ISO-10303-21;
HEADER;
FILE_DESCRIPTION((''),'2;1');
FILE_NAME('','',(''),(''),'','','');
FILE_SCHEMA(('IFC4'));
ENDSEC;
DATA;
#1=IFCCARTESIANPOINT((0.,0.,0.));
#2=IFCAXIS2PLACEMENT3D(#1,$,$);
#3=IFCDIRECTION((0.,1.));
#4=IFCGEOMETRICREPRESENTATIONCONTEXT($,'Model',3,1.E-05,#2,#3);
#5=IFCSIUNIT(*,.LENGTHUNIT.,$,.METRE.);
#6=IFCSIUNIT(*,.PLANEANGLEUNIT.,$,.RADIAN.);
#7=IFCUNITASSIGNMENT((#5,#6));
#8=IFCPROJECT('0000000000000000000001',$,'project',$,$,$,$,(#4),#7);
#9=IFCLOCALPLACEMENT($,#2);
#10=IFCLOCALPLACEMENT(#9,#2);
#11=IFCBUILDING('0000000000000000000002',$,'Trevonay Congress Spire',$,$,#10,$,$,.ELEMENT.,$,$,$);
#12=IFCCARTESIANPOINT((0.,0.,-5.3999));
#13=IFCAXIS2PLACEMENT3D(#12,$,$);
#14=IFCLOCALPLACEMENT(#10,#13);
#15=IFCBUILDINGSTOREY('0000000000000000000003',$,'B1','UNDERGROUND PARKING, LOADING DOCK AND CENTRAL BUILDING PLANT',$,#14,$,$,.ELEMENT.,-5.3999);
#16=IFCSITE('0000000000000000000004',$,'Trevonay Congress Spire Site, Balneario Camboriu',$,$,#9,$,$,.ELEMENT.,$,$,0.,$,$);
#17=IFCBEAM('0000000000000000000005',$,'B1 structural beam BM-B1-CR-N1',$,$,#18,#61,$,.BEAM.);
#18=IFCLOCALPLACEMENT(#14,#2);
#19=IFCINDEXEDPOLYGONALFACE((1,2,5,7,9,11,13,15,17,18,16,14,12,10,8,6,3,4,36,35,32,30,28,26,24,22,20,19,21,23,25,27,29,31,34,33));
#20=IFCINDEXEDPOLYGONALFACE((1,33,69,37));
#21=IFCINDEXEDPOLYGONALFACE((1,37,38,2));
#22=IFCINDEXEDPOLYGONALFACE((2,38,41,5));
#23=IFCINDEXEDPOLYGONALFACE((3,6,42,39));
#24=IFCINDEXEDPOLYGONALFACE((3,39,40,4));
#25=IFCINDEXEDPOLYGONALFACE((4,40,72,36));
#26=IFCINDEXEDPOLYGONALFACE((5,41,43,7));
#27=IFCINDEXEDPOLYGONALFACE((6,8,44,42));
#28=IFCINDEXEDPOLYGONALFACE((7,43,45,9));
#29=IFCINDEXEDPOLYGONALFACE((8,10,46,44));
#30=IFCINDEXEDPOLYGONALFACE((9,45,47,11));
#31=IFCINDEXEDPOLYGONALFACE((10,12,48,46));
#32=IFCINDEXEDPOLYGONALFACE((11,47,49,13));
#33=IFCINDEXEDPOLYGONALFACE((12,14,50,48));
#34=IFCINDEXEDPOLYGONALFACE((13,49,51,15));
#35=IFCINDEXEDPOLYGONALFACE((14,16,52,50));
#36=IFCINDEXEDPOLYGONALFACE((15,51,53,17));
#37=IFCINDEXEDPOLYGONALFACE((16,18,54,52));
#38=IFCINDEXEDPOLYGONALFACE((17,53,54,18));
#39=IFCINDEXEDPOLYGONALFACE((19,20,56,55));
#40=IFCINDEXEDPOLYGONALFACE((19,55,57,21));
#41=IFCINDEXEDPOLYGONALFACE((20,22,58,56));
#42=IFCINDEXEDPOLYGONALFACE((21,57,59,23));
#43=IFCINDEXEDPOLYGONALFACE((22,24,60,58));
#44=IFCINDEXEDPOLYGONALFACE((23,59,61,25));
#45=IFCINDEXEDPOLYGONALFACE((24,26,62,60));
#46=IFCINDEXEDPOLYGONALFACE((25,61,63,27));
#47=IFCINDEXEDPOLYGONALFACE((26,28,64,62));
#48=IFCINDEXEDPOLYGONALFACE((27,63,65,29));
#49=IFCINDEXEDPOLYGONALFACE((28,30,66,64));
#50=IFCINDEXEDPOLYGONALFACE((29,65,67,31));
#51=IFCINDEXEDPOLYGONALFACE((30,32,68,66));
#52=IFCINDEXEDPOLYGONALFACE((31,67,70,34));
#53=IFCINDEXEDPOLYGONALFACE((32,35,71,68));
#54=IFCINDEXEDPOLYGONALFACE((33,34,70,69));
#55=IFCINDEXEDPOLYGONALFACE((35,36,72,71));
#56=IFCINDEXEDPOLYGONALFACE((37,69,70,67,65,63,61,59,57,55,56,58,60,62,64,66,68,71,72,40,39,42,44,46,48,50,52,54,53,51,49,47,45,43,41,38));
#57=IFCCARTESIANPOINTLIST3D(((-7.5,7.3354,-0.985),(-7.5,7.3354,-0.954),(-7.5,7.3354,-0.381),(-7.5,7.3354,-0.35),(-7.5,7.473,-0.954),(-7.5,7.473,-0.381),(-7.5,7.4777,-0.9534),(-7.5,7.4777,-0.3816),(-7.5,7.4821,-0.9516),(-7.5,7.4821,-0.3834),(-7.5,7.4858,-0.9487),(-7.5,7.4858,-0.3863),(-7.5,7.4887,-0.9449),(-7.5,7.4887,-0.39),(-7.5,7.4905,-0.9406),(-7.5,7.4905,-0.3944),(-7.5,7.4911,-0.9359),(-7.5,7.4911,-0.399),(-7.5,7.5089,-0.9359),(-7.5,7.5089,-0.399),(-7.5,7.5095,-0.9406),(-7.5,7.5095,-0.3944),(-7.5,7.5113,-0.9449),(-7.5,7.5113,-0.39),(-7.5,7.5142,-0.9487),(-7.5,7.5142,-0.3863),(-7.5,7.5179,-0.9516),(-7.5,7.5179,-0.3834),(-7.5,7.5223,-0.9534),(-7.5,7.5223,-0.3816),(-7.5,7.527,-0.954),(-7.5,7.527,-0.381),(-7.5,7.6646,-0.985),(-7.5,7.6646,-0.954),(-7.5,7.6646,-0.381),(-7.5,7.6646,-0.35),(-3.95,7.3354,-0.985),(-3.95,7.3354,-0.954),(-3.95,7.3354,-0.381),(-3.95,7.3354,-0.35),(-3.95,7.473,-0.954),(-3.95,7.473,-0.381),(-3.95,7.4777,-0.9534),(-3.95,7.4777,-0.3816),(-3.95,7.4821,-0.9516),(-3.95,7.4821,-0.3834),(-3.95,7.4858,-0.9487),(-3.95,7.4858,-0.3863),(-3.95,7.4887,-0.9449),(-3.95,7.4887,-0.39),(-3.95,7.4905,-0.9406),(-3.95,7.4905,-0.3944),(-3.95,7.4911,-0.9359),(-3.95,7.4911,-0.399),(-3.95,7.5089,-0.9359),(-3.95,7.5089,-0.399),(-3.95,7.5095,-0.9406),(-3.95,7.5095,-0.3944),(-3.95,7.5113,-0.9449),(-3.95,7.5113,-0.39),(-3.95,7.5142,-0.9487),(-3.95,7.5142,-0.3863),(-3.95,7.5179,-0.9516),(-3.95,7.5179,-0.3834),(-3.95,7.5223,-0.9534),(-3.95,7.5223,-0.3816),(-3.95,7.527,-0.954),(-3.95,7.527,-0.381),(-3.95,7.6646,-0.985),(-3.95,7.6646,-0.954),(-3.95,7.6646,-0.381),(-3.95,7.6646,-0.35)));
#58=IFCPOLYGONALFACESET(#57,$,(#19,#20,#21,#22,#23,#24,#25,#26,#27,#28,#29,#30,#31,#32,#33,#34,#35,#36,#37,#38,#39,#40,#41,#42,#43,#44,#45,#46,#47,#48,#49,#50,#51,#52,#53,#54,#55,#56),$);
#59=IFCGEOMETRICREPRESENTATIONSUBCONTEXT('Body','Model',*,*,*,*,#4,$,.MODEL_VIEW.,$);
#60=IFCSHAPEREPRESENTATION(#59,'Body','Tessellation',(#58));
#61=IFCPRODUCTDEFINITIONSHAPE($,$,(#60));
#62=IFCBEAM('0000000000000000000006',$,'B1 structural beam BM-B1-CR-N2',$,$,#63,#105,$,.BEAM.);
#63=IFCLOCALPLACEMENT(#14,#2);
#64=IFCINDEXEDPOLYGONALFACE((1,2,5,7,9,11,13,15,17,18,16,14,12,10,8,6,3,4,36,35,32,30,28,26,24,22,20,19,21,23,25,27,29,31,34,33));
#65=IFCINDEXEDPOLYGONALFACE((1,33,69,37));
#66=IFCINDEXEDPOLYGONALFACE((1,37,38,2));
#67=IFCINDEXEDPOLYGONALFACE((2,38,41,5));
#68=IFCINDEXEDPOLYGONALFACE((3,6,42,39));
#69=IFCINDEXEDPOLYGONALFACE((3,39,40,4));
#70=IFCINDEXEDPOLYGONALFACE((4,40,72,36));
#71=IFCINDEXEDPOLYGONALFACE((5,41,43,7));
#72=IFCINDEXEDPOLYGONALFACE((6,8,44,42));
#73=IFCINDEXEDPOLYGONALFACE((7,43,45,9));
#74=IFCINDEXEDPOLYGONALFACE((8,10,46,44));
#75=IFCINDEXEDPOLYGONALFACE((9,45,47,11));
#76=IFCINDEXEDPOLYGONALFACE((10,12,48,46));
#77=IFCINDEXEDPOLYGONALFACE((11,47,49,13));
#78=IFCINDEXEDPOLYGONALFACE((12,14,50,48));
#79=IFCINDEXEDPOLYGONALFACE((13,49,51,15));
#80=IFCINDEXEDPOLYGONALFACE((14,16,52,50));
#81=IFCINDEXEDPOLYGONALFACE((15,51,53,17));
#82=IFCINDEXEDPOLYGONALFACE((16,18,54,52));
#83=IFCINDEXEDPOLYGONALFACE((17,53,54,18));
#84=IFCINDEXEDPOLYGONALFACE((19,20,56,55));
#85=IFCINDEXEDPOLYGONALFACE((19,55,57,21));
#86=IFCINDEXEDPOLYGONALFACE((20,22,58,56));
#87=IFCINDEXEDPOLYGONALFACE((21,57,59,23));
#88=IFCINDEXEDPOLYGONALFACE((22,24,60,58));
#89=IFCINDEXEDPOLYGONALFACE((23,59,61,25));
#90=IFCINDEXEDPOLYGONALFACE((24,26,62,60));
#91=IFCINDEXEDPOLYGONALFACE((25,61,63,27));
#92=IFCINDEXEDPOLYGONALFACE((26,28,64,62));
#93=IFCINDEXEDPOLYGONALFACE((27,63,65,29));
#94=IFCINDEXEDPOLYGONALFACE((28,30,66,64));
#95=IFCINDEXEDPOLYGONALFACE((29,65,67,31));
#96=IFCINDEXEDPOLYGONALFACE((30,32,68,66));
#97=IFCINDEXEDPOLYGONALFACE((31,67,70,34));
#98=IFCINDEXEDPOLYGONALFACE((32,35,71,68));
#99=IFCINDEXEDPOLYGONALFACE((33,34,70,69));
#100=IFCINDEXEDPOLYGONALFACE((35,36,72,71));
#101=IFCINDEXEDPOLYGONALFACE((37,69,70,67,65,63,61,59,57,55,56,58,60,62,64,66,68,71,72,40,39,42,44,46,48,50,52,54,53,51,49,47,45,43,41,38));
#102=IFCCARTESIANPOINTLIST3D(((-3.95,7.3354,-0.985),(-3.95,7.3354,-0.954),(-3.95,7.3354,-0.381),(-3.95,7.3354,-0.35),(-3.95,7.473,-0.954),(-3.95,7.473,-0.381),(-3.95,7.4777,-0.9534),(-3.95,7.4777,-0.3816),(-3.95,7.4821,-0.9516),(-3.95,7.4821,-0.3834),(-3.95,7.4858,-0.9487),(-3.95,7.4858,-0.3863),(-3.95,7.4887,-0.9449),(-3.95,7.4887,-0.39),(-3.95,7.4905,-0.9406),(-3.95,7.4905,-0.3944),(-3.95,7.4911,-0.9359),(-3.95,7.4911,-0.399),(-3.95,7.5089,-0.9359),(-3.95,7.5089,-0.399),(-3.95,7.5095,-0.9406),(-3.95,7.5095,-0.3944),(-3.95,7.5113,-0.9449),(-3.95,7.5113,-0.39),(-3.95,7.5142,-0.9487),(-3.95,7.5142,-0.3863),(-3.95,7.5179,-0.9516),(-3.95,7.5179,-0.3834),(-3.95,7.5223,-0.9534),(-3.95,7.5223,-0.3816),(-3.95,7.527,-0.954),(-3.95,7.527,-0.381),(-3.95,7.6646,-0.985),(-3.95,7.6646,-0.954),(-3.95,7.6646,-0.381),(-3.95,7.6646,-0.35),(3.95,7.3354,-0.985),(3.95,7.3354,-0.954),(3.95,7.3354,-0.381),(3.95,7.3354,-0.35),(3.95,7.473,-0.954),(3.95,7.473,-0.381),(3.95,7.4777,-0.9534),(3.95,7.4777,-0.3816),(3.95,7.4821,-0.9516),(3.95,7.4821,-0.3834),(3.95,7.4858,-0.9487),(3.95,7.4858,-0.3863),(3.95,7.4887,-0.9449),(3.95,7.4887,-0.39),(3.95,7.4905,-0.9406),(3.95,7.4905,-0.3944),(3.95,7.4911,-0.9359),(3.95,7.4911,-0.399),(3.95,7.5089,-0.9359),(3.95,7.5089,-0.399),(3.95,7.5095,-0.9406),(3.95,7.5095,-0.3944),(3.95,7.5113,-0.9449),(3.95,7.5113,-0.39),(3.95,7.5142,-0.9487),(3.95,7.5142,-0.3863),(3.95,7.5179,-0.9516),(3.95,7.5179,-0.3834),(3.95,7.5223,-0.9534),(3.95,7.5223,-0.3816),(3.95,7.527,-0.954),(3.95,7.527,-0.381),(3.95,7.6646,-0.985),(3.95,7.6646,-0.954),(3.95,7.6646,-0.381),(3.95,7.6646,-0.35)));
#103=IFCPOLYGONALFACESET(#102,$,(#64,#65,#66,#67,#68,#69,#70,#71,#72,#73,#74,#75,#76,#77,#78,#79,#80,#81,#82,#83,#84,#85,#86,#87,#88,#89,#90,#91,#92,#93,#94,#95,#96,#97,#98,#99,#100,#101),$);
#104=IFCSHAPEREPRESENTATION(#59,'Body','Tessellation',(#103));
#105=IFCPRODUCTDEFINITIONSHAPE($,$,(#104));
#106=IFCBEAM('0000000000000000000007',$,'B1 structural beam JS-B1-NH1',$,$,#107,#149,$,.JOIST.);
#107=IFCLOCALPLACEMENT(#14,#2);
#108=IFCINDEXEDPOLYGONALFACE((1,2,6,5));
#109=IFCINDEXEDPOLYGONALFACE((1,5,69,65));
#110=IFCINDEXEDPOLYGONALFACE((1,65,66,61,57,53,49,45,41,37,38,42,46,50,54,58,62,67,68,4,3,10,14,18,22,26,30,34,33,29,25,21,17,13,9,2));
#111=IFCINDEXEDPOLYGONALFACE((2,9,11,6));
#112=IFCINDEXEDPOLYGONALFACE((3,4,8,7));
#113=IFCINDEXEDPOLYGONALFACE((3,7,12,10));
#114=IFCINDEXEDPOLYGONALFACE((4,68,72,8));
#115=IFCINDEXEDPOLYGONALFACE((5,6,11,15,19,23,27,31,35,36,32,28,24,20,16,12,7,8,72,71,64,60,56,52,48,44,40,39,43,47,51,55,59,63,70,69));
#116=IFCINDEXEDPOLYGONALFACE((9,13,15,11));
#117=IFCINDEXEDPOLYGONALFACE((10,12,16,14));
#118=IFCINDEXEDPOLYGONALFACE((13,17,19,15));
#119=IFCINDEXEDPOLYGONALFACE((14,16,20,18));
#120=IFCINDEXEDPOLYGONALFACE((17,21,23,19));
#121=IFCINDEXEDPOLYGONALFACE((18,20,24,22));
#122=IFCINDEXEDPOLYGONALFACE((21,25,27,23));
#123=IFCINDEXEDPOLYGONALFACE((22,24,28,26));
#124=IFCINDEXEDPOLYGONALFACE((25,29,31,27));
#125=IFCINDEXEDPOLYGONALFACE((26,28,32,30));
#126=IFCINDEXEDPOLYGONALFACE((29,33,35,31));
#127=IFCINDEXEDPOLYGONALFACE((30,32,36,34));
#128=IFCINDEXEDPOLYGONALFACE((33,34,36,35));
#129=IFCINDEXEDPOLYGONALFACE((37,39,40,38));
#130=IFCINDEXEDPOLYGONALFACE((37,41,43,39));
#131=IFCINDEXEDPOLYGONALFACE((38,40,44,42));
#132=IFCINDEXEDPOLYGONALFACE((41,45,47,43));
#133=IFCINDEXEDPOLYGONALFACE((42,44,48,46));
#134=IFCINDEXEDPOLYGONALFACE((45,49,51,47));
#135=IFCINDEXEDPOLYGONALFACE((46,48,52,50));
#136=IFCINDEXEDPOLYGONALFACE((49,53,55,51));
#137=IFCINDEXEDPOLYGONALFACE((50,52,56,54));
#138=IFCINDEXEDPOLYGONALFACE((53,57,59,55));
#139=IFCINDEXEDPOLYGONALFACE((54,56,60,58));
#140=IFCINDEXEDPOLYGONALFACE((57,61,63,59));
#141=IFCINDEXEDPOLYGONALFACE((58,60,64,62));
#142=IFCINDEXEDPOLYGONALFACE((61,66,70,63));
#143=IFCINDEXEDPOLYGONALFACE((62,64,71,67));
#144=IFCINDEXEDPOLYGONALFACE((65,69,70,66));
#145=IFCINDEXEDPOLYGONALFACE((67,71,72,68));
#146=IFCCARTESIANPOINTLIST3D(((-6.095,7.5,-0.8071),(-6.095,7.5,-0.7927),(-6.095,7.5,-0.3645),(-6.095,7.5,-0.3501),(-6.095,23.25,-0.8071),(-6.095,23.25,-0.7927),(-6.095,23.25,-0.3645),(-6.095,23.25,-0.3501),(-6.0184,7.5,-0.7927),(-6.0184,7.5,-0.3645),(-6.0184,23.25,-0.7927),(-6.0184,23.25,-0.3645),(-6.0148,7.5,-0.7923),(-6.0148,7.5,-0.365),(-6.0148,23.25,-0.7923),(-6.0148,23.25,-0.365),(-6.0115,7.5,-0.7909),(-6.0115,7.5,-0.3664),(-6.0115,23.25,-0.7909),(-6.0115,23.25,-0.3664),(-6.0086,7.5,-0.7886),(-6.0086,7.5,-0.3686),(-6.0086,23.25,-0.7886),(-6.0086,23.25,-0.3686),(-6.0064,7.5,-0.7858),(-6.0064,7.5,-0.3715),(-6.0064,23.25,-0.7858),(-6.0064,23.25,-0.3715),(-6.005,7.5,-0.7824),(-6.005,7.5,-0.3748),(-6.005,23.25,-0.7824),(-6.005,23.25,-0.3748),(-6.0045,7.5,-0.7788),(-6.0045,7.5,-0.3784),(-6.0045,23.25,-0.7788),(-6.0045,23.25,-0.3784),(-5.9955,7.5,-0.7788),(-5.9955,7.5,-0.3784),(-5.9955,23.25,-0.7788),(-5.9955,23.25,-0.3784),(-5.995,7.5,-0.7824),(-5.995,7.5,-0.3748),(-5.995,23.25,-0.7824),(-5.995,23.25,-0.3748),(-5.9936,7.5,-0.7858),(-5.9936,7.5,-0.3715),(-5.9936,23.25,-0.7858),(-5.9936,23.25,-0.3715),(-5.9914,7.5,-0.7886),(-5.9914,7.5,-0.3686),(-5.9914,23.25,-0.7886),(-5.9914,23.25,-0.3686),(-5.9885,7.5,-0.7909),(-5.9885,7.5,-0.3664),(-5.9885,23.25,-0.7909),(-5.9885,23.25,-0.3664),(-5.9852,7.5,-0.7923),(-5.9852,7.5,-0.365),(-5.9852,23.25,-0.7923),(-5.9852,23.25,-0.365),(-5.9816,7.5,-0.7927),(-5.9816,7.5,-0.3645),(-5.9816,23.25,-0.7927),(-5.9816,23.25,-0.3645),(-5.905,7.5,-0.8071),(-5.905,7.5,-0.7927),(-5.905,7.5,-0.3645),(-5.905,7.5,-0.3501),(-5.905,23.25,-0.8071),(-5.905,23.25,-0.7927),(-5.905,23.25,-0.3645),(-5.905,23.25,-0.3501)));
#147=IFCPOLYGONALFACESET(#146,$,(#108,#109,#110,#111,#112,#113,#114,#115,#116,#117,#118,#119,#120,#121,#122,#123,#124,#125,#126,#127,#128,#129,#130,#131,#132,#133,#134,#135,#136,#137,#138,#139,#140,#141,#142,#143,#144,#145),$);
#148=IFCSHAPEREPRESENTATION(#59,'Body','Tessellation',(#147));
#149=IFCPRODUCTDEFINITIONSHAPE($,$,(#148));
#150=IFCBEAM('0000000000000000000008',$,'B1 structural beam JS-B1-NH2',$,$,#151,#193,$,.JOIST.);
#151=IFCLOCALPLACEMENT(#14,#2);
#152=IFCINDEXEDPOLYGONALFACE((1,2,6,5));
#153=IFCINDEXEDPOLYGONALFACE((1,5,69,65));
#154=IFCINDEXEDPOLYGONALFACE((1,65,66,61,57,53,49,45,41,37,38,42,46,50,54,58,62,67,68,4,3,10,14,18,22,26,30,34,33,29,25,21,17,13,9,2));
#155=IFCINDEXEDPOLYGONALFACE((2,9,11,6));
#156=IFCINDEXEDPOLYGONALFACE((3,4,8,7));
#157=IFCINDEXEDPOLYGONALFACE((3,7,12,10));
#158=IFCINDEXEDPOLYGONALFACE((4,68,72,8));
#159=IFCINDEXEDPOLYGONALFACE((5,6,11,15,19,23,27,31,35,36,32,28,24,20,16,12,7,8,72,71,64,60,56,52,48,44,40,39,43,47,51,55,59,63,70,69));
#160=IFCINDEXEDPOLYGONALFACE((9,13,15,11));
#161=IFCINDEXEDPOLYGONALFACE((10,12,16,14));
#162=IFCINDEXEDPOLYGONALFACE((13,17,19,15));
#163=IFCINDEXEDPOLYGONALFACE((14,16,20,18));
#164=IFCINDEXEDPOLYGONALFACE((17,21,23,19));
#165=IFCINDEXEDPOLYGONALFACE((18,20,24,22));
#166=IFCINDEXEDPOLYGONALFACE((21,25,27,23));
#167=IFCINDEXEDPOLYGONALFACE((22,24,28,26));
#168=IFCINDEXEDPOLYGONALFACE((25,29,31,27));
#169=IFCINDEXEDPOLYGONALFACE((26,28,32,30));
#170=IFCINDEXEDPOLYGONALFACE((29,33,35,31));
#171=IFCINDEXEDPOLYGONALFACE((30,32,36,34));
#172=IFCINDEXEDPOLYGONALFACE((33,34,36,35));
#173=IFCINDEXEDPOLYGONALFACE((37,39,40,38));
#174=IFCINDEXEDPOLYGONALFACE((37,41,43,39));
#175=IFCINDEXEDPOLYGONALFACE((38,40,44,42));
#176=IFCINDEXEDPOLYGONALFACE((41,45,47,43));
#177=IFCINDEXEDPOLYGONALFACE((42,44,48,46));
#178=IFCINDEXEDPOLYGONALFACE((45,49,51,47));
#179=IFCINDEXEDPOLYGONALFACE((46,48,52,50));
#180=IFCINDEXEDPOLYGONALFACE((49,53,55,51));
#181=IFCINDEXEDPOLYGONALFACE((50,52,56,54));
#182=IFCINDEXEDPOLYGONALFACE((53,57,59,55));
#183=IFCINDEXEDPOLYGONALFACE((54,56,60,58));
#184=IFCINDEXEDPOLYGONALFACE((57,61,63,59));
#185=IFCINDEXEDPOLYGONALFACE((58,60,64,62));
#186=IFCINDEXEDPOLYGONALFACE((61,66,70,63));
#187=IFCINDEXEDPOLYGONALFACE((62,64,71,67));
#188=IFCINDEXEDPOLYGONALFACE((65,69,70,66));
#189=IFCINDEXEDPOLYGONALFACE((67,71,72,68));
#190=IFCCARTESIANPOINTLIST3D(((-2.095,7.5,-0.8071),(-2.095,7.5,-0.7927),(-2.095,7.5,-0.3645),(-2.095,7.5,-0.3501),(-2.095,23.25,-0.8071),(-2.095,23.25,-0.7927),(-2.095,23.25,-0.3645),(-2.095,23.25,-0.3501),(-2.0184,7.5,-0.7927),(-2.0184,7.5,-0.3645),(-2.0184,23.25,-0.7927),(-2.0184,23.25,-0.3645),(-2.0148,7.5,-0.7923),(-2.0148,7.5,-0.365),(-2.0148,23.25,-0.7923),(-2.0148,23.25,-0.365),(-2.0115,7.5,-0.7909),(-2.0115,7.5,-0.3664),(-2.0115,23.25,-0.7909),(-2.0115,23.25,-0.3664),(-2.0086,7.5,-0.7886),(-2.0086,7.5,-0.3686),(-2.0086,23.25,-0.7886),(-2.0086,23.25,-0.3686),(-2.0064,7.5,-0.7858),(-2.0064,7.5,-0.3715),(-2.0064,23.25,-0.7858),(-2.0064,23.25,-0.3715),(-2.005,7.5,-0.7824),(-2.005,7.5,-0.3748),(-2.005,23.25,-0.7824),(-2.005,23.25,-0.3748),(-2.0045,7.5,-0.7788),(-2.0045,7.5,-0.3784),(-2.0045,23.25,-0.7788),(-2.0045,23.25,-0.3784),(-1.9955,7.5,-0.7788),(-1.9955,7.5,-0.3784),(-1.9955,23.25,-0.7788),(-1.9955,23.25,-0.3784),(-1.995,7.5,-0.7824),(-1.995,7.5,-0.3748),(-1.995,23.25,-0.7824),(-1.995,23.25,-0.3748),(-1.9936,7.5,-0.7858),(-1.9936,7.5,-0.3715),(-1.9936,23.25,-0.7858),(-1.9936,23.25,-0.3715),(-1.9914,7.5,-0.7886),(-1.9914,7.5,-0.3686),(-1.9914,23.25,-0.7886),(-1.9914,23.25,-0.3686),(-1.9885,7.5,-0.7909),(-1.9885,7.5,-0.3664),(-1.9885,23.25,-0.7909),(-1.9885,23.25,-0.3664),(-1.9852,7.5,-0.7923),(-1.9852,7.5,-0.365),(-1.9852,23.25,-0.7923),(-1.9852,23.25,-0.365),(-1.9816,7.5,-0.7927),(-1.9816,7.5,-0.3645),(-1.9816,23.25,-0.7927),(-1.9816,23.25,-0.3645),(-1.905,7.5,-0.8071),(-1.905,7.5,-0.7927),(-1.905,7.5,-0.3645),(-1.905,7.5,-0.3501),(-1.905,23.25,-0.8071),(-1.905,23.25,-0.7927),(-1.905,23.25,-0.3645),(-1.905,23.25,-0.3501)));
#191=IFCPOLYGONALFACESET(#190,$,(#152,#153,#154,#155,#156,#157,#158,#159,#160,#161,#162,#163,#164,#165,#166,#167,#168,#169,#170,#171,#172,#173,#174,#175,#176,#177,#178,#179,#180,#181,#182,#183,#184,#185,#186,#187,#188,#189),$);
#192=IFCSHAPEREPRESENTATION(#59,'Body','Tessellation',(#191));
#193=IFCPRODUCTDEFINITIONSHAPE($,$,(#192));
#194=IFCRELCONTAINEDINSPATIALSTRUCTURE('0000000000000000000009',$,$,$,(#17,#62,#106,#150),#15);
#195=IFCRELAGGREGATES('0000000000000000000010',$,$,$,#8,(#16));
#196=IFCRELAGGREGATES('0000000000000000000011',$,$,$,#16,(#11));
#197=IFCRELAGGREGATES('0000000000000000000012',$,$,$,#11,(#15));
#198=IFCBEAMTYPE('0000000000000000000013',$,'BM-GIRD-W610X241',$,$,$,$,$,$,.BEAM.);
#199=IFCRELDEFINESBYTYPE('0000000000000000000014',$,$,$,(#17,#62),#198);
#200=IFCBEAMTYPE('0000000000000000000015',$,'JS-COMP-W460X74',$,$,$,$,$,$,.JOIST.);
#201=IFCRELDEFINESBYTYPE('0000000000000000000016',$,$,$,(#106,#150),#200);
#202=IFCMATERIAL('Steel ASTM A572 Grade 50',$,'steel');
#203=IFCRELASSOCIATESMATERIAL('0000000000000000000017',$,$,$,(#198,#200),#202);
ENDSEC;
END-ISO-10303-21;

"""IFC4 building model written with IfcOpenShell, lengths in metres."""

from ifc_helpers import new_model, si_unit, direction, frame, origin, origin_2d, place, context, subcontext, project, spatial, i_section, extrude, material, material_profile, profile_set, type_object, element, save


model = new_model("IFC4")

# Units and contexts
model_context = context("Model", 3, precision=1e-05, world=origin(), true_north=direction((0.0, 1.0)))
body_context = subcontext(model_context, "Body", "Model", "MODEL_VIEW")
ifc_project = project(units=[si_unit("LENGTHUNIT", "METRE"), si_unit("PLANEANGLEUNIT", "RADIAN")], contexts=[model_context])

# Site, building, storey
site_placement = place(None, origin())
site = spatial("IfcSite", under=ifc_project, at=site_placement, Name="Trevonay Congress Spire Site, Balneario Camboriu", CompositionType="ELEMENT", RefElevation=0.0)
building_placement = place(site_placement, origin())
building = spatial("IfcBuilding", under=site, at=building_placement, Name="Trevonay Congress Spire", CompositionType="ELEMENT")
storey_placement = place(building_placement, frame((0.0, 0.0, -5.3999)))
storey = spatial("IfcBuildingStorey", under=building, at=storey_placement, Name="B1", Description="UNDERGROUND PARKING, LOADING DOCK AND CENTRAL BUILDING PLANT", CompositionType="ELEMENT", Elevation=-5.3999)

# Shared definitions
ifc_material_1 = material(Name="Steel ASTM A572 Grade 50", Category="steel")

# Beams
ifc_material_profile_1 = material_profile(ifc_material_1, i_section(OverallWidth=0.3291, OverallDepth=0.635, WebThickness=0.0178, FlangeThickness=0.031, FilletRadius=0.0181, at=origin_2d()), Name="W610x241")
ifc_profile_set_1 = profile_set([ifc_material_profile_1], Name="Steel ASTM A572 Grade 50")
beam_type_1 = type_object("IfcBeamType", Name="BM-GIRD-W610X241", PredefinedType="BEAM", material=ifc_profile_set_1)
beam_1_placement = place(storey_placement, frame((-7.5, 7.5, -0.6675), z_axis=(1.0, 0.0, 0.0), x_axis=(0.0, 1.0, 0.0)))
element("IfcBeam", 1, at=beam_1_placement, inside=storey, type_object=beam_type_1, Name="B1 structural beam BM-B1-CR-N1", PredefinedType="BEAM", context=body_context, shape_type="SweptSolid", body=[
    extrude(i_section(OverallWidth=0.3291, OverallDepth=0.635, WebThickness=0.0178, FlangeThickness=0.031, FilletRadius=0.0181, at=origin_2d()), origin(), (0.0, 0.0, 1.0), 3.55),
])
beam_2_placement = place(storey_placement, frame((-3.95, 7.5, -0.6675), z_axis=(1.0, 0.0, 0.0), x_axis=(0.0, 1.0, 0.0)))
element("IfcBeam", 2, at=beam_2_placement, inside=storey, type_object=beam_type_1, Name="B1 structural beam BM-B1-CR-N2", PredefinedType="BEAM", context=body_context, shape_type="SweptSolid", body=[
    extrude(i_section(OverallWidth=0.3291, OverallDepth=0.635, WebThickness=0.0178, FlangeThickness=0.031, FilletRadius=0.0181, at=origin_2d()), origin(), (0.0, 0.0, 1.0), 7.8999),
])
ifc_material_profile_2 = material_profile(ifc_material_1, i_section(OverallWidth=0.1899, OverallDepth=0.457, WebThickness=0.009, FlangeThickness=0.0144, FilletRadius=0.0139, at=origin_2d()), Name="W460x74")
ifc_profile_set_2 = profile_set([ifc_material_profile_2], Name="Steel ASTM A572 Grade 50")
beam_type_2 = type_object("IfcBeamType", Name="JS-COMP-W460X74", PredefinedType="JOIST", material=ifc_profile_set_2)
for number, where, z_axis, x_axis, name in (
    (3, (-6.0, 7.5, -0.5786), (0.0, 1.0, 0.0), (-1.0, 0.0, 0.0), "B1 structural beam JS-B1-NH1"),
    (4, (-2.0, 7.5, -0.5786), (0.0, 1.0, 0.0), (-1.0, 0.0, 0.0), "B1 structural beam JS-B1-NH2"),
):
    element("IfcBeam", number, at=place(storey_placement, frame(where, z_axis=z_axis, x_axis=x_axis)), inside=storey, type_object=beam_type_2, Name=name, PredefinedType="JOIST", context=body_context, shape_type="SweptSolid", body=[
        extrude(i_section(OverallWidth=0.1899, OverallDepth=0.457, WebThickness=0.009, FlangeThickness=0.0144, FilletRadius=0.0139, at=origin_2d()), origin(), (0.0, 0.0, 1.0), 15.75),
    ])

save(model, "model.ifc")
